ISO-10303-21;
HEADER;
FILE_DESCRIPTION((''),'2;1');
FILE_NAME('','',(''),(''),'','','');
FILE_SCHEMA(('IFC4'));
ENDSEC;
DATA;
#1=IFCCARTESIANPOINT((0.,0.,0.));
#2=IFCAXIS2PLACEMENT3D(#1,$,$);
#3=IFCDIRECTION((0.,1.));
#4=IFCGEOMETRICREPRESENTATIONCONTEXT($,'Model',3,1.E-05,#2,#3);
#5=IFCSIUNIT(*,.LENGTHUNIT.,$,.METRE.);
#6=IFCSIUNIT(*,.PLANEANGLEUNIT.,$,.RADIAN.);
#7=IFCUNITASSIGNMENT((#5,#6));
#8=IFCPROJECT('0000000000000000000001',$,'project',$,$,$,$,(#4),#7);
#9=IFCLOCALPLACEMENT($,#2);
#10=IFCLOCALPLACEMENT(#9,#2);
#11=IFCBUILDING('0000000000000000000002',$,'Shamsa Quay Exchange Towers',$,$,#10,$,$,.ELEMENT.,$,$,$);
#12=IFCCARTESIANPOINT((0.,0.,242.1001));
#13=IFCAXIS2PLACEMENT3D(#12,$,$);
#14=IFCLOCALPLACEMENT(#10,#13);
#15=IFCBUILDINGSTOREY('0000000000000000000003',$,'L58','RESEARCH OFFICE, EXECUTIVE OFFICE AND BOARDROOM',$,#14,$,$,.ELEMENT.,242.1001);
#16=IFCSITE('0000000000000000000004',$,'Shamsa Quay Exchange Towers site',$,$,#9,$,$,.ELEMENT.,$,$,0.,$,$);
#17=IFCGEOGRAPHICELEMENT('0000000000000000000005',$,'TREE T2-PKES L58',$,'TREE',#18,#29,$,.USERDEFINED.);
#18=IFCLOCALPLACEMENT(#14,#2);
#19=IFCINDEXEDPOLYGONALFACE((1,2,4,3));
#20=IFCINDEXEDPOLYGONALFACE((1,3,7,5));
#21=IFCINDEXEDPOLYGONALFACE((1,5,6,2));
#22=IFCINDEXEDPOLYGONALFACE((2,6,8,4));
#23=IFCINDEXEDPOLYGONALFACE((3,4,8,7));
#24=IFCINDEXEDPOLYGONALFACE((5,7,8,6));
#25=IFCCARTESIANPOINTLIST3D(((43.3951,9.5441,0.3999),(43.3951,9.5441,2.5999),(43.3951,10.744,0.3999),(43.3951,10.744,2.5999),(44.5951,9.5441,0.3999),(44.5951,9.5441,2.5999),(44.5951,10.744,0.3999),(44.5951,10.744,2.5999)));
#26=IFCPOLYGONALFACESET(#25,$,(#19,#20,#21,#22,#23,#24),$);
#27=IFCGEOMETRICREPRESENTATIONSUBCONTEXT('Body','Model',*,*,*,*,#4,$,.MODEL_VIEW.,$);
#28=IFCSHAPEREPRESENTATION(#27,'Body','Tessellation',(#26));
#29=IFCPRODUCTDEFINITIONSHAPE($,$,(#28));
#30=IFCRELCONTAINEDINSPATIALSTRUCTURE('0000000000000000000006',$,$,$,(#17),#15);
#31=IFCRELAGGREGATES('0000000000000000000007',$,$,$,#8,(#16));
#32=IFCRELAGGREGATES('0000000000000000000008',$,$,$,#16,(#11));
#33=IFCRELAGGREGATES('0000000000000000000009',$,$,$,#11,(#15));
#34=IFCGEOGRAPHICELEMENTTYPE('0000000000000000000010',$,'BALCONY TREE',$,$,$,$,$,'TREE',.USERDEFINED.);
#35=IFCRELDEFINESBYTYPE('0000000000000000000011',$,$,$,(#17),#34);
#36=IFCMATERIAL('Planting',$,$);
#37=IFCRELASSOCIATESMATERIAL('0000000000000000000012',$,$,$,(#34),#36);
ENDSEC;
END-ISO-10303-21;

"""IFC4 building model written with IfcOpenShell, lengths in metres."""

from ifc_helpers import new_model, si_unit, direction, frame, origin, origin_2d, place, context, subcontext, project, spatial, rectangle, extrude, material, type_object, element, save


model = new_model("IFC4")

# Units and contexts
model_context = context("Model", 3, precision=1e-05, world=origin(), true_north=direction((0.0, 1.0)))
body_context = subcontext(model_context, "Body", "Model", "MODEL_VIEW")
ifc_project = project(units=[si_unit("LENGTHUNIT", "METRE"), si_unit("PLANEANGLEUNIT", "RADIAN")], contexts=[model_context])

# Site, building, storey
site_placement = place(None, origin())
site = spatial("IfcSite", under=ifc_project, at=site_placement, Name="Shamsa Quay Exchange Towers site", CompositionType="ELEMENT", RefElevation=0.0)
building_placement = place(site_placement, origin())
building = spatial("IfcBuilding", under=site, at=building_placement, Name="Shamsa Quay Exchange Towers", CompositionType="ELEMENT")
storey_placement = place(building_placement, frame((0.0, 0.0, 242.1001)))
storey = spatial("IfcBuildingStorey", under=building, at=storey_placement, Name="L58", Description="RESEARCH OFFICE, EXECUTIVE OFFICE AND BOARDROOM", CompositionType="ELEMENT", Elevation=242.1001)

# Geographic element
ifc_material_1 = material(Name="Planting")
geographic_element_type = type_object("IfcGeographicElementType", Name="BALCONY TREE", ElementType="TREE", PredefinedType="USERDEFINED", material=ifc_material_1)
geographic_element_placement = place(storey_placement, frame((43.9951, 10.144, 0.3999), z_axis=(0.0, 0.0, 1.0), x_axis=(0.0, 1.0, 0.0)))
element("IfcGeographicElement", 1, at=geographic_element_placement, inside=storey, type_object=geographic_element_type, Name="TREE T2-PKES L58", ObjectType="TREE", PredefinedType="USERDEFINED", context=body_context, shape_type="SweptSolid", body=[
    extrude(rectangle(XDim=1.2, YDim=1.2, at=origin_2d()), origin(), (0.0, 0.0, 1.0), 2.2),
])

save(model, "model.ifc")
